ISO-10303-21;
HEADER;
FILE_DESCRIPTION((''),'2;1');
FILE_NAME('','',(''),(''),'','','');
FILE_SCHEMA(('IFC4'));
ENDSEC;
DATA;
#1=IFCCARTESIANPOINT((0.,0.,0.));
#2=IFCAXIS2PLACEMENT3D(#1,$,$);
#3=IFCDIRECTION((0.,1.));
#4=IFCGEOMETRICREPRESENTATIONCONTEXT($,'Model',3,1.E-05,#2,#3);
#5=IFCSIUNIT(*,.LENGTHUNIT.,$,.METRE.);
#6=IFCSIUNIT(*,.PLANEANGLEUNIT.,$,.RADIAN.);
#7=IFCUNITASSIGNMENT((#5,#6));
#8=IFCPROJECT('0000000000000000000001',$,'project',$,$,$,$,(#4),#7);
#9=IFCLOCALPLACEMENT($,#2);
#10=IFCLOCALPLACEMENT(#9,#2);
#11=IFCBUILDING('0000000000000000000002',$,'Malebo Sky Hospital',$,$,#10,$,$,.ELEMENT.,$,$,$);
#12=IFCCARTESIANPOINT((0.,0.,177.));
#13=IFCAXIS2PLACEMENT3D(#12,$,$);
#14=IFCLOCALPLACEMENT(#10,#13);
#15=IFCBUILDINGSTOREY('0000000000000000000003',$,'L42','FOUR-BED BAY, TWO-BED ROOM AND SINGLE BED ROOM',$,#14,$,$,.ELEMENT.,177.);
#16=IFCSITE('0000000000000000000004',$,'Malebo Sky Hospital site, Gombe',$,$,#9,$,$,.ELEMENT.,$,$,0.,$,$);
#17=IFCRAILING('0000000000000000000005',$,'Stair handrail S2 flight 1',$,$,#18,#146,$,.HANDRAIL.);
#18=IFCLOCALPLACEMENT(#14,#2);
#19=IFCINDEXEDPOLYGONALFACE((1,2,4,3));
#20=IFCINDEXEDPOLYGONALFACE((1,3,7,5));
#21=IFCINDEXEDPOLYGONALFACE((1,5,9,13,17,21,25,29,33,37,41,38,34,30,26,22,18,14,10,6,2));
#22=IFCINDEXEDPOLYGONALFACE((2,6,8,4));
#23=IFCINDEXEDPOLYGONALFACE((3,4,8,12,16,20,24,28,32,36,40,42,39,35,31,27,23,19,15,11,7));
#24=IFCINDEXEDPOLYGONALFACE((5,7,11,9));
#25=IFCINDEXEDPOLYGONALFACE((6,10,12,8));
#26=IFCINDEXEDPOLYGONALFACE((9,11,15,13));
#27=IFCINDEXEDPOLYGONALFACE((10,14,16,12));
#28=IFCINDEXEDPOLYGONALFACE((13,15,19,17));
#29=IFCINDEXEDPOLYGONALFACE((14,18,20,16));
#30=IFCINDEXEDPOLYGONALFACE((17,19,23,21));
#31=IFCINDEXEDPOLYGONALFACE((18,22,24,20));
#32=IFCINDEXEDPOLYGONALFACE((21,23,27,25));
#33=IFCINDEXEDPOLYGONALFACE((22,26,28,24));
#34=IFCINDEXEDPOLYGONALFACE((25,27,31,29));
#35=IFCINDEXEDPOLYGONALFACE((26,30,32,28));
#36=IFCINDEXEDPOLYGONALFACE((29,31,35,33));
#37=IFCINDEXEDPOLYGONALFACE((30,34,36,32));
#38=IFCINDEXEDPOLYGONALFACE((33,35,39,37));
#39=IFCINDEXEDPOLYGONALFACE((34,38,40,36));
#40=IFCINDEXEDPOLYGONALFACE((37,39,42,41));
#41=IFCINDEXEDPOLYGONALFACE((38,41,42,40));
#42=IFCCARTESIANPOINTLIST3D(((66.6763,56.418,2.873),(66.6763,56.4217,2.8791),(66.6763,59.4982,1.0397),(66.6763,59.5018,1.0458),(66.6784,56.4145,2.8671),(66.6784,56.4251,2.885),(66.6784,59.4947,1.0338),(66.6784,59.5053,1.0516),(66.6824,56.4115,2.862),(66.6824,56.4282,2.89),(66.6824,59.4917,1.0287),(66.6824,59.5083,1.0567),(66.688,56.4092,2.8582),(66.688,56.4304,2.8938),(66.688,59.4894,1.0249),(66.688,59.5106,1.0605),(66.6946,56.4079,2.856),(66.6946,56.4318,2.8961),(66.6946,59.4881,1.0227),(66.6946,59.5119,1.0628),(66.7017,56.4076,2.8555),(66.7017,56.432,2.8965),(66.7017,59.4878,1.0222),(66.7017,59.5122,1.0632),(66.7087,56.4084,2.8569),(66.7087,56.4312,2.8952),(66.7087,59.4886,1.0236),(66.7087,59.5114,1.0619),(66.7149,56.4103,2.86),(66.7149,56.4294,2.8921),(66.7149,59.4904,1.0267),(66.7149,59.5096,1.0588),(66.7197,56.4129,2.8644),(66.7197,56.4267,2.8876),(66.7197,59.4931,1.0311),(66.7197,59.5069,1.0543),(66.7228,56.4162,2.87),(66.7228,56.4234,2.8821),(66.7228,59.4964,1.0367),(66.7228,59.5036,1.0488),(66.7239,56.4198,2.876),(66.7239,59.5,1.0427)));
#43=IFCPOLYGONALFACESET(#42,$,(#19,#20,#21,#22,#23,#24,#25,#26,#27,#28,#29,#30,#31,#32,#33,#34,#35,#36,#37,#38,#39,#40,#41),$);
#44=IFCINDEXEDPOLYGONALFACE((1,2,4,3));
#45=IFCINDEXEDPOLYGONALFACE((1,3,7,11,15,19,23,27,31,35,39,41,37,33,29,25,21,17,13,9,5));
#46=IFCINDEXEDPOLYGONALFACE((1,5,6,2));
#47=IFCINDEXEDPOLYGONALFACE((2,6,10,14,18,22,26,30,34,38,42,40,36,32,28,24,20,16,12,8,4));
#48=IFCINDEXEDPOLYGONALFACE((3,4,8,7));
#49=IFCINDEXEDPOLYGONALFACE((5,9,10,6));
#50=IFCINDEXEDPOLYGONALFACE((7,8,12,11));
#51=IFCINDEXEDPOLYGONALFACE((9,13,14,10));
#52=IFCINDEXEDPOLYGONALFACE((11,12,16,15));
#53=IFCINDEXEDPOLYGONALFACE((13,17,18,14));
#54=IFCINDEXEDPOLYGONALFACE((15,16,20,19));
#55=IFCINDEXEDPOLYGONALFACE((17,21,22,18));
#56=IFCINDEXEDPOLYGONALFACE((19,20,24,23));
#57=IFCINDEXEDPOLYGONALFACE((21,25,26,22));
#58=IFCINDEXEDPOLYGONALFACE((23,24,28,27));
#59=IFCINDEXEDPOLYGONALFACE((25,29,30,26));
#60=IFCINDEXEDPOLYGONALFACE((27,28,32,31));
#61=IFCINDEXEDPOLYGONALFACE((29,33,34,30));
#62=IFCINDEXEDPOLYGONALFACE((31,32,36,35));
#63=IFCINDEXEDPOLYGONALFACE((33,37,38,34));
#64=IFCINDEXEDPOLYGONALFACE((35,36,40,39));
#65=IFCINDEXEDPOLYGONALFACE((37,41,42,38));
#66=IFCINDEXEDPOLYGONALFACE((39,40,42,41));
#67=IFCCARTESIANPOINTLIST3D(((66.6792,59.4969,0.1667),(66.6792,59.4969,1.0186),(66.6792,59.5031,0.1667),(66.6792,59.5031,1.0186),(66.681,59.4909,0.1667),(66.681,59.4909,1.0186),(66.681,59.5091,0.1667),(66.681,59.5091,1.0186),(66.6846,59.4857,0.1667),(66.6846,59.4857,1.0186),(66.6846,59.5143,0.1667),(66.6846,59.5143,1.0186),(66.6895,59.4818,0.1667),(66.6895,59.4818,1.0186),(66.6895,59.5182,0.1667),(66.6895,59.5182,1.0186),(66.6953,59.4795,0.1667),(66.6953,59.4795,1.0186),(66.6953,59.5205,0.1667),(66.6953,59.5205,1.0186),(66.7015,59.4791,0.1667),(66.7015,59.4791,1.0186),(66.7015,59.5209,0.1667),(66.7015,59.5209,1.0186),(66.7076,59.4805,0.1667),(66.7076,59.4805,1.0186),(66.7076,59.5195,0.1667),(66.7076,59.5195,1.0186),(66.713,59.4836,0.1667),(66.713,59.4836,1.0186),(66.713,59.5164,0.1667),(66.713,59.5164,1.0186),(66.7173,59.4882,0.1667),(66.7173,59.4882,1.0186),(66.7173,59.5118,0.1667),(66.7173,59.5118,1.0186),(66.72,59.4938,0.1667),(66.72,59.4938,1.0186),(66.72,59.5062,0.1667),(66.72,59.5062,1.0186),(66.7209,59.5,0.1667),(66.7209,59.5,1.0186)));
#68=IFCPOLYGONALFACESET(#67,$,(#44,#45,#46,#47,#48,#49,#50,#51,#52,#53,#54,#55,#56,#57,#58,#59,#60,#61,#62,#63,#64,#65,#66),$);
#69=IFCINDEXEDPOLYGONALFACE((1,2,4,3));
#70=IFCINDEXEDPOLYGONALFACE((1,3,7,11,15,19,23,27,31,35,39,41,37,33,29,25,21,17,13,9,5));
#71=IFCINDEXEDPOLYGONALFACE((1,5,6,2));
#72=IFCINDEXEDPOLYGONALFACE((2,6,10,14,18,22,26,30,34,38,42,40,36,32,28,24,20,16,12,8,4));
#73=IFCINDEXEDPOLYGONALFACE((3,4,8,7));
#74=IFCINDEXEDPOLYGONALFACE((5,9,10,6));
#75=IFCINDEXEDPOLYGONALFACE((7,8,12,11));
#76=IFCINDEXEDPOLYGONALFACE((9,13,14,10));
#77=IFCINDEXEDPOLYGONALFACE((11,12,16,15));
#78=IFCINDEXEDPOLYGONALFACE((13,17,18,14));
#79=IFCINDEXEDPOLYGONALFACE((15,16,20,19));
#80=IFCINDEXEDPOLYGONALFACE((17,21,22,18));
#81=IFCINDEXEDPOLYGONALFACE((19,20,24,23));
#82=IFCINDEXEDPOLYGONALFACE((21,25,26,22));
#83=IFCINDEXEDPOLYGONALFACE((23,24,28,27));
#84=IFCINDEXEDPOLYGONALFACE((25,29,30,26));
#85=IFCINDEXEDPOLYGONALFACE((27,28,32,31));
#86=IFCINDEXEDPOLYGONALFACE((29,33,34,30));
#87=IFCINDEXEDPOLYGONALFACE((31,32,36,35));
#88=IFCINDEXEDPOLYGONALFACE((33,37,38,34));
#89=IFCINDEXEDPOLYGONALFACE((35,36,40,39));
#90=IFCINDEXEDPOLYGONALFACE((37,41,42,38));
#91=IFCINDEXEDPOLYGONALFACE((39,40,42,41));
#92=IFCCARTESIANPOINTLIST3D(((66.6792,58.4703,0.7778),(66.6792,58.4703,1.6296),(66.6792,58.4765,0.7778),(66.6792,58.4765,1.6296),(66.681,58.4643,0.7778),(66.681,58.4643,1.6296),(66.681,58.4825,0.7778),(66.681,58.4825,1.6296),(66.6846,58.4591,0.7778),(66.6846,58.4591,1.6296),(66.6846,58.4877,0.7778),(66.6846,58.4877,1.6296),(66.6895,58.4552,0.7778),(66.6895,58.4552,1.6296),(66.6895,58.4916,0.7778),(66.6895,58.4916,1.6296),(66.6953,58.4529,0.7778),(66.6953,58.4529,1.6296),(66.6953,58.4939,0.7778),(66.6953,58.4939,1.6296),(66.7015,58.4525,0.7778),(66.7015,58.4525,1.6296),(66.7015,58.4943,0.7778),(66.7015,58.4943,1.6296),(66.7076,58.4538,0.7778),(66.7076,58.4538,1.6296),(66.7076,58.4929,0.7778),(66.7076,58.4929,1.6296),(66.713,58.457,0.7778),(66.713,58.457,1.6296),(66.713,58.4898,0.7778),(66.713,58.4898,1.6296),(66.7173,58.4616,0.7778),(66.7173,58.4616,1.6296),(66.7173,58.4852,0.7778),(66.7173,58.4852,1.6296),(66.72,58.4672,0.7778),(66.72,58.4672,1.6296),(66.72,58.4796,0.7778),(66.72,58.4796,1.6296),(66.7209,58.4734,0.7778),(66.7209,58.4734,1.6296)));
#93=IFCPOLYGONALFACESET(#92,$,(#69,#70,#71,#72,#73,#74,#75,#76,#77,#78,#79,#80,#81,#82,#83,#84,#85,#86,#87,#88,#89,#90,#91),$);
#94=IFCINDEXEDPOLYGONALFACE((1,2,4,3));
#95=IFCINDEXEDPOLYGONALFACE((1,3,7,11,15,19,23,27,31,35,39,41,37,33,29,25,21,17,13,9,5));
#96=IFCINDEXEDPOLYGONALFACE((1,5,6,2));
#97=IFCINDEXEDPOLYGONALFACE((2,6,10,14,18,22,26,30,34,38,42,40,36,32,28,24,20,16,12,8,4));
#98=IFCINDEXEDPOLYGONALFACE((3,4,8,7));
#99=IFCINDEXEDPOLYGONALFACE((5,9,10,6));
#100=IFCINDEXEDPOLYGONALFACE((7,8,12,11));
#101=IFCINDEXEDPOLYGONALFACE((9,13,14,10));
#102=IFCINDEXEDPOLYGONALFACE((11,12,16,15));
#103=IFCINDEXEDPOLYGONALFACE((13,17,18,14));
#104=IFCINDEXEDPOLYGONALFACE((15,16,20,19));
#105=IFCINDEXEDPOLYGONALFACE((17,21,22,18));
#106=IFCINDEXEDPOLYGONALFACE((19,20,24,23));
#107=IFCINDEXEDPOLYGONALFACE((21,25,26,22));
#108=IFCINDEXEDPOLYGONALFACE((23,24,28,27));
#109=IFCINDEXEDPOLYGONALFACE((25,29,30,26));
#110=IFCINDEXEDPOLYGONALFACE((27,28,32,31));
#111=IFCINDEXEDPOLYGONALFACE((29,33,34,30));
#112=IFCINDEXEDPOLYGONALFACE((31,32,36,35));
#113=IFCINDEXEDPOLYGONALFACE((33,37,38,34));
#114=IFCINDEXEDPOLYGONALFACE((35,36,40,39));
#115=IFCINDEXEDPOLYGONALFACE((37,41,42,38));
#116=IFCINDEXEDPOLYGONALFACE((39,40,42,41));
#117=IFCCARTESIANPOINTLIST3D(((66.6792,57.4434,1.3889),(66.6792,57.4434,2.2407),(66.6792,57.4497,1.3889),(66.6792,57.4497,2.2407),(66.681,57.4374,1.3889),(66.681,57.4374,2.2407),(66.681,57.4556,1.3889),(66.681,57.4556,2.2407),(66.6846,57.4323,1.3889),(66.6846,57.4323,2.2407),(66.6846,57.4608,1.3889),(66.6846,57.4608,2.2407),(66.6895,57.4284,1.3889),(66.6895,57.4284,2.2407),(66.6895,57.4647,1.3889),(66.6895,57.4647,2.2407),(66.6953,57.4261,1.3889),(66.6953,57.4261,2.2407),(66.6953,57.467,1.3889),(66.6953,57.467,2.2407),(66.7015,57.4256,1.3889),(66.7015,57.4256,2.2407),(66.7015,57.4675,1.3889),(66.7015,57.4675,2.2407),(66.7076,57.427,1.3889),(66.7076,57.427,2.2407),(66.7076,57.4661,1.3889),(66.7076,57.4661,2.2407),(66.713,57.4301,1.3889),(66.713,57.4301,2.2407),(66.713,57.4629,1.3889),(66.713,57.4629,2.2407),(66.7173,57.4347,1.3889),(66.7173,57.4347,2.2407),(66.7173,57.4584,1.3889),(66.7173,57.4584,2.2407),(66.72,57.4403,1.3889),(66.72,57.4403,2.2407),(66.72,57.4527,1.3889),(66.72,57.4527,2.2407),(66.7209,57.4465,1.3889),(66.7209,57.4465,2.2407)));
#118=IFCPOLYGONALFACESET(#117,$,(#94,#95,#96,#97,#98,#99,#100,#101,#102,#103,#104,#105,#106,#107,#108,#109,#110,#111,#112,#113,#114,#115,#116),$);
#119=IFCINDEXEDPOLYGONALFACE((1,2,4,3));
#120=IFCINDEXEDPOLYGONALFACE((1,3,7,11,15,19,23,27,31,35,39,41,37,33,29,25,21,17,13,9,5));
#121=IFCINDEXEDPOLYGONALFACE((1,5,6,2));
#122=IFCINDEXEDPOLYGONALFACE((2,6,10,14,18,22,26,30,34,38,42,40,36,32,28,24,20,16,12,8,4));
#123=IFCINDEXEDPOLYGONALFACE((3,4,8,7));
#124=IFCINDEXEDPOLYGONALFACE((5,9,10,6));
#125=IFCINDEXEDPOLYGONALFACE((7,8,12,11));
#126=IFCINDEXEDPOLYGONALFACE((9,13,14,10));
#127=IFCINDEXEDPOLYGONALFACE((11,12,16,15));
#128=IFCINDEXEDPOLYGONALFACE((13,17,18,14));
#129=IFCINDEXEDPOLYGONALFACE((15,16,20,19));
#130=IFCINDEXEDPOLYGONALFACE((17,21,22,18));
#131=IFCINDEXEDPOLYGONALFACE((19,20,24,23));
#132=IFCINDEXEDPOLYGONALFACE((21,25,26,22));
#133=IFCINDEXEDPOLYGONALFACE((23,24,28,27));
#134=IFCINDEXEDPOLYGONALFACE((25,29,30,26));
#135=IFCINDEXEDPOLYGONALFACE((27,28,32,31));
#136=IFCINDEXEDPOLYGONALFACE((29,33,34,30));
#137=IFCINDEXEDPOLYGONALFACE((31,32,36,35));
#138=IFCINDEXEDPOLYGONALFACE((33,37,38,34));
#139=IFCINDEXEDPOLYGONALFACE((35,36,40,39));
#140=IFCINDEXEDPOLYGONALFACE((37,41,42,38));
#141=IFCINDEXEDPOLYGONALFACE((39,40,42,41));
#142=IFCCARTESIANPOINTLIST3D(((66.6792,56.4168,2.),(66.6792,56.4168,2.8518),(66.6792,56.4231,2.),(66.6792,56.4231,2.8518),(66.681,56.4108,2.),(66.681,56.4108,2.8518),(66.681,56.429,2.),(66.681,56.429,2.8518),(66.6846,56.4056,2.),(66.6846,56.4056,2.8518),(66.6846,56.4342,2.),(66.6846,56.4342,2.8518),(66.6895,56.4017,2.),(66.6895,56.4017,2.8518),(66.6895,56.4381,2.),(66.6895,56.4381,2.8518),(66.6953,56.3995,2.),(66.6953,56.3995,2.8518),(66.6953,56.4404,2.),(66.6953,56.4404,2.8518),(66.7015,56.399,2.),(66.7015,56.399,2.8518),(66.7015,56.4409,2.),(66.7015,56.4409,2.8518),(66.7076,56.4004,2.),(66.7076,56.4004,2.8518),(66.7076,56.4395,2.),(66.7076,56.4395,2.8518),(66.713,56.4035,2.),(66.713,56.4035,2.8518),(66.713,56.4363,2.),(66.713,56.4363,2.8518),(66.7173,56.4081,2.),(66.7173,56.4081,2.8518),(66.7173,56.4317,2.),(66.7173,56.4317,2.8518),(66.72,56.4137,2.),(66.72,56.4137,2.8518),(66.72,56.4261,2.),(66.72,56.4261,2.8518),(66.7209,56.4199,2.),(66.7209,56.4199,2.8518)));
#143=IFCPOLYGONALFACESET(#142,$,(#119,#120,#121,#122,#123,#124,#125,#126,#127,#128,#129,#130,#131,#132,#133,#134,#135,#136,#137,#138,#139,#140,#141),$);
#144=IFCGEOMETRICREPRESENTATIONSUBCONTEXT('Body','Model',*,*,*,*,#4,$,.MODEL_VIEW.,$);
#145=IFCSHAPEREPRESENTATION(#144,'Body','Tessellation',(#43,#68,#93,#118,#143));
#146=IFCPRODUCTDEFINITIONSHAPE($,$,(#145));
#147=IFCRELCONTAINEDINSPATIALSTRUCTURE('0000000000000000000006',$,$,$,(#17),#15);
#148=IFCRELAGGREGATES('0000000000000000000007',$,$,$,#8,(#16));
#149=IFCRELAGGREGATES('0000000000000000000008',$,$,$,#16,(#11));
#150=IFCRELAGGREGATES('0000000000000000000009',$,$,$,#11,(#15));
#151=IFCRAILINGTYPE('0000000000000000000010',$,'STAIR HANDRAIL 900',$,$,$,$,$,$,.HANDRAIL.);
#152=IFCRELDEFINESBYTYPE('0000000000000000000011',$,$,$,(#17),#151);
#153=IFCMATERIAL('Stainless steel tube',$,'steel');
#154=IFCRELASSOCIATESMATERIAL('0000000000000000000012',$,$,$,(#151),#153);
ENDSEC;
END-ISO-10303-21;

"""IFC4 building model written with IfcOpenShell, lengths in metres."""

from ifc_helpers import new_model, si_unit, direction, frame, origin, origin_2d, place, context, subcontext, project, spatial, circle, extrude, material, type_object, element, save


model = new_model("IFC4")

# Units and contexts
model_context = context("Model", 3, precision=1e-05, world=origin(), true_north=direction((0.0, 1.0)))
body_context = subcontext(model_context, "Body", "Model", "MODEL_VIEW")
ifc_project = project(units=[si_unit("LENGTHUNIT", "METRE"), si_unit("PLANEANGLEUNIT", "RADIAN")], contexts=[model_context])

# Site, building, storey
site_placement = place(None, origin())
site = spatial("IfcSite", under=ifc_project, at=site_placement, Name="Malebo Sky Hospital site, Gombe", CompositionType="ELEMENT", RefElevation=0.0)
building_placement = place(site_placement, origin())
building = spatial("IfcBuilding", under=site, at=building_placement, Name="Malebo Sky Hospital", CompositionType="ELEMENT")
storey_placement = place(building_placement, frame((0.0, 0.0, 177.0)))
storey = spatial("IfcBuildingStorey", under=building, at=storey_placement, Name="L42", Description="FOUR-BED BAY, TWO-BED ROOM AND SINGLE BED ROOM", CompositionType="ELEMENT", Elevation=177.0)

# Railing
ifc_material_1 = material(Name="Stainless steel tube", Category="steel")
railing_type = type_object("IfcRailingType", Name="STAIR HANDRAIL 900", PredefinedType="HANDRAIL", material=ifc_material_1)
railing_1_placement = place(storey_placement, frame((66.7, 59.5, 0.1667)))
element("IfcRailing", 1, at=railing_1_placement, inside=storey, type_object=railing_type, Name="Stair handrail S2 flight 1", PredefinedType="HANDRAIL", context=body_context, shape_type="SweptSolid", body=[
    extrude(circle(Radius=0.0239, at=origin_2d()), frame((0.0, 0.0, 0.876), z_axis=(0.0, -0.859309, 0.511458), x_axis=(1.0, 0.0, 0.0)), (0.0, 0.0, 1.0), 3.5845),
    extrude(circle(Radius=0.021, at=origin_2d()), origin(), (0.0, 0.0, 1.0), 0.8518),
    extrude(circle(Radius=0.021, at=origin_2d()), frame((0.0, -1.0266, 0.6111)), (0.0, 0.0, 1.0), 0.8518),
    extrude(circle(Radius=0.021, at=origin_2d()), frame((0.0, -2.0535, 1.2222)), (0.0, 0.0, 1.0), 0.8518),
    extrude(circle(Radius=0.021, at=origin_2d()), frame((0.0, -3.0801, 1.8333)), (0.0, 0.0, 1.0), 0.8518),
])

save(model, "model.ifc")
